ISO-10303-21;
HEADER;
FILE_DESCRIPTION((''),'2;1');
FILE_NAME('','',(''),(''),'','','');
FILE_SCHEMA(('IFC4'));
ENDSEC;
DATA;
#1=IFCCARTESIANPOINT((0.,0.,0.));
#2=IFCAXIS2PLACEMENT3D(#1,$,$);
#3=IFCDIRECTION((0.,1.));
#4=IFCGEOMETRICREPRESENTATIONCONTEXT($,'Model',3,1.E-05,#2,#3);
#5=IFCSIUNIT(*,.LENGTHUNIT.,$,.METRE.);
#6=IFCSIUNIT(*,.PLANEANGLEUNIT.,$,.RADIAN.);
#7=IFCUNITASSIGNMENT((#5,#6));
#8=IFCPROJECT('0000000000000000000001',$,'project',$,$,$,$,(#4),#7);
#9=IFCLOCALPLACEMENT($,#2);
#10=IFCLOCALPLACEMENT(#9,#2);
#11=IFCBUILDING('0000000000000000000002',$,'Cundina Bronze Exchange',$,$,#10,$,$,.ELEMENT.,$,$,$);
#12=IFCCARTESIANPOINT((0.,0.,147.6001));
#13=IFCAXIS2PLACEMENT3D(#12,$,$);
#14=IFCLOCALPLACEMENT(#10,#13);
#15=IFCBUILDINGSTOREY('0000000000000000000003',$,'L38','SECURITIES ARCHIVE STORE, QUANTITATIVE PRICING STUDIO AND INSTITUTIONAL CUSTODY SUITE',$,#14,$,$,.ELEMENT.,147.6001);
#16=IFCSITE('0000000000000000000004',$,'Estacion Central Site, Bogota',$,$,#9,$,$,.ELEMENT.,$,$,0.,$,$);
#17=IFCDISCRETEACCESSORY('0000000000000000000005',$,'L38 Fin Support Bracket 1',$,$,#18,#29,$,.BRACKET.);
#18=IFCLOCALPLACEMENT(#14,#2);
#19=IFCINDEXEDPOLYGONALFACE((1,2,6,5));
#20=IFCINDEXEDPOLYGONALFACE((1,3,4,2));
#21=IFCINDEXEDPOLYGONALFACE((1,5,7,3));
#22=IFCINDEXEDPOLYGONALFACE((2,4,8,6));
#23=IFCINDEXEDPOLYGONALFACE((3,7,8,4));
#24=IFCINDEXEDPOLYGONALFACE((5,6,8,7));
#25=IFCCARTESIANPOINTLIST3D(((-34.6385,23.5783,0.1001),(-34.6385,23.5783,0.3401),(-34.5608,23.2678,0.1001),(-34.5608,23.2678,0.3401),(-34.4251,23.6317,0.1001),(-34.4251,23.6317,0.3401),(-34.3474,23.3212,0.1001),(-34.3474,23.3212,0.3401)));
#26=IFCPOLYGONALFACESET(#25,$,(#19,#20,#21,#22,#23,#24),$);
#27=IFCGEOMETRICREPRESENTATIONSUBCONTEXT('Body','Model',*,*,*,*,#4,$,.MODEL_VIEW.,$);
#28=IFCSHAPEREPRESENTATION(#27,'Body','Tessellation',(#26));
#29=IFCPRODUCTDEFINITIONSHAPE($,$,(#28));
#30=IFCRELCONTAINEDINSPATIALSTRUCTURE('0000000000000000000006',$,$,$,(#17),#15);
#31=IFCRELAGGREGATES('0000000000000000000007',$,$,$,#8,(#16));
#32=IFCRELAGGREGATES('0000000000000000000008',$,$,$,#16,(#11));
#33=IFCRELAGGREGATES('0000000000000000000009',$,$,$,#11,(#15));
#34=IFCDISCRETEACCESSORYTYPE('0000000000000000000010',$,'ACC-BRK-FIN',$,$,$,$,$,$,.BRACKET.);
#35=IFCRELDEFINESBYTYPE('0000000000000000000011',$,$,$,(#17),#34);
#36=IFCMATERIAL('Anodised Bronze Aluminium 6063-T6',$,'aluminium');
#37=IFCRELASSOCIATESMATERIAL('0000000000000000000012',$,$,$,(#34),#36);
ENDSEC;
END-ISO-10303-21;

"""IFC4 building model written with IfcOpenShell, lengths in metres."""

from ifc_helpers import new_model, si_unit, direction, frame, origin, origin_2d, place, context, subcontext, project, spatial, rectangle, extrude, material, type_object, element, save


model = new_model("IFC4")

# Units and contexts
model_context = context("Model", 3, precision=1e-05, world=origin(), true_north=direction((0.0, 1.0)))
body_context = subcontext(model_context, "Body", "Model", "MODEL_VIEW")
ifc_project = project(units=[si_unit("LENGTHUNIT", "METRE"), si_unit("PLANEANGLEUNIT", "RADIAN")], contexts=[model_context])

# Site, building, storey
site_placement = place(None, origin())
site = spatial("IfcSite", under=ifc_project, at=site_placement, Name="Estacion Central Site, Bogota", CompositionType="ELEMENT", RefElevation=0.0)
building_placement = place(site_placement, origin())
building = spatial("IfcBuilding", under=site, at=building_placement, Name="Cundina Bronze Exchange", CompositionType="ELEMENT")
storey_placement = place(building_placement, frame((0.0, 0.0, 147.6001)))
storey = spatial("IfcBuildingStorey", under=building, at=storey_placement, Name="L38", Description="SECURITIES ARCHIVE STORE, QUANTITATIVE PRICING STUDIO AND INSTITUTIONAL CUSTODY SUITE", CompositionType="ELEMENT", Elevation=147.6001)

# Shared definitions
ifc_material_1 = material(Name="Anodised Bronze Aluminium 6063-T6", Category="aluminium")

# Discrete accessory
discrete_accessory_type = type_object("IfcDiscreteAccessoryType", Name="ACC-BRK-FIN", PredefinedType="BRACKET", material=ifc_material_1)
discrete_accessory_placement = place(storey_placement, frame((-34.4929, 23.4497, 0.1001), z_axis=(0.0, 0.0, 1.0), x_axis=(-0.970093, -0.242735, 0.0)))
element("IfcDiscreteAccessory", 1, at=discrete_accessory_placement, inside=storey, type_object=discrete_accessory_type, Name="L38 Fin Support Bracket 1", PredefinedType="BRACKET", context=body_context, shape_type="SweptSolid", body=[
    extrude(rectangle(XDim=0.22, YDim=0.3201, at=origin_2d()), origin(), (0.0, 0.0, 1.0), 0.24),
])

save(model, "model.ifc")
